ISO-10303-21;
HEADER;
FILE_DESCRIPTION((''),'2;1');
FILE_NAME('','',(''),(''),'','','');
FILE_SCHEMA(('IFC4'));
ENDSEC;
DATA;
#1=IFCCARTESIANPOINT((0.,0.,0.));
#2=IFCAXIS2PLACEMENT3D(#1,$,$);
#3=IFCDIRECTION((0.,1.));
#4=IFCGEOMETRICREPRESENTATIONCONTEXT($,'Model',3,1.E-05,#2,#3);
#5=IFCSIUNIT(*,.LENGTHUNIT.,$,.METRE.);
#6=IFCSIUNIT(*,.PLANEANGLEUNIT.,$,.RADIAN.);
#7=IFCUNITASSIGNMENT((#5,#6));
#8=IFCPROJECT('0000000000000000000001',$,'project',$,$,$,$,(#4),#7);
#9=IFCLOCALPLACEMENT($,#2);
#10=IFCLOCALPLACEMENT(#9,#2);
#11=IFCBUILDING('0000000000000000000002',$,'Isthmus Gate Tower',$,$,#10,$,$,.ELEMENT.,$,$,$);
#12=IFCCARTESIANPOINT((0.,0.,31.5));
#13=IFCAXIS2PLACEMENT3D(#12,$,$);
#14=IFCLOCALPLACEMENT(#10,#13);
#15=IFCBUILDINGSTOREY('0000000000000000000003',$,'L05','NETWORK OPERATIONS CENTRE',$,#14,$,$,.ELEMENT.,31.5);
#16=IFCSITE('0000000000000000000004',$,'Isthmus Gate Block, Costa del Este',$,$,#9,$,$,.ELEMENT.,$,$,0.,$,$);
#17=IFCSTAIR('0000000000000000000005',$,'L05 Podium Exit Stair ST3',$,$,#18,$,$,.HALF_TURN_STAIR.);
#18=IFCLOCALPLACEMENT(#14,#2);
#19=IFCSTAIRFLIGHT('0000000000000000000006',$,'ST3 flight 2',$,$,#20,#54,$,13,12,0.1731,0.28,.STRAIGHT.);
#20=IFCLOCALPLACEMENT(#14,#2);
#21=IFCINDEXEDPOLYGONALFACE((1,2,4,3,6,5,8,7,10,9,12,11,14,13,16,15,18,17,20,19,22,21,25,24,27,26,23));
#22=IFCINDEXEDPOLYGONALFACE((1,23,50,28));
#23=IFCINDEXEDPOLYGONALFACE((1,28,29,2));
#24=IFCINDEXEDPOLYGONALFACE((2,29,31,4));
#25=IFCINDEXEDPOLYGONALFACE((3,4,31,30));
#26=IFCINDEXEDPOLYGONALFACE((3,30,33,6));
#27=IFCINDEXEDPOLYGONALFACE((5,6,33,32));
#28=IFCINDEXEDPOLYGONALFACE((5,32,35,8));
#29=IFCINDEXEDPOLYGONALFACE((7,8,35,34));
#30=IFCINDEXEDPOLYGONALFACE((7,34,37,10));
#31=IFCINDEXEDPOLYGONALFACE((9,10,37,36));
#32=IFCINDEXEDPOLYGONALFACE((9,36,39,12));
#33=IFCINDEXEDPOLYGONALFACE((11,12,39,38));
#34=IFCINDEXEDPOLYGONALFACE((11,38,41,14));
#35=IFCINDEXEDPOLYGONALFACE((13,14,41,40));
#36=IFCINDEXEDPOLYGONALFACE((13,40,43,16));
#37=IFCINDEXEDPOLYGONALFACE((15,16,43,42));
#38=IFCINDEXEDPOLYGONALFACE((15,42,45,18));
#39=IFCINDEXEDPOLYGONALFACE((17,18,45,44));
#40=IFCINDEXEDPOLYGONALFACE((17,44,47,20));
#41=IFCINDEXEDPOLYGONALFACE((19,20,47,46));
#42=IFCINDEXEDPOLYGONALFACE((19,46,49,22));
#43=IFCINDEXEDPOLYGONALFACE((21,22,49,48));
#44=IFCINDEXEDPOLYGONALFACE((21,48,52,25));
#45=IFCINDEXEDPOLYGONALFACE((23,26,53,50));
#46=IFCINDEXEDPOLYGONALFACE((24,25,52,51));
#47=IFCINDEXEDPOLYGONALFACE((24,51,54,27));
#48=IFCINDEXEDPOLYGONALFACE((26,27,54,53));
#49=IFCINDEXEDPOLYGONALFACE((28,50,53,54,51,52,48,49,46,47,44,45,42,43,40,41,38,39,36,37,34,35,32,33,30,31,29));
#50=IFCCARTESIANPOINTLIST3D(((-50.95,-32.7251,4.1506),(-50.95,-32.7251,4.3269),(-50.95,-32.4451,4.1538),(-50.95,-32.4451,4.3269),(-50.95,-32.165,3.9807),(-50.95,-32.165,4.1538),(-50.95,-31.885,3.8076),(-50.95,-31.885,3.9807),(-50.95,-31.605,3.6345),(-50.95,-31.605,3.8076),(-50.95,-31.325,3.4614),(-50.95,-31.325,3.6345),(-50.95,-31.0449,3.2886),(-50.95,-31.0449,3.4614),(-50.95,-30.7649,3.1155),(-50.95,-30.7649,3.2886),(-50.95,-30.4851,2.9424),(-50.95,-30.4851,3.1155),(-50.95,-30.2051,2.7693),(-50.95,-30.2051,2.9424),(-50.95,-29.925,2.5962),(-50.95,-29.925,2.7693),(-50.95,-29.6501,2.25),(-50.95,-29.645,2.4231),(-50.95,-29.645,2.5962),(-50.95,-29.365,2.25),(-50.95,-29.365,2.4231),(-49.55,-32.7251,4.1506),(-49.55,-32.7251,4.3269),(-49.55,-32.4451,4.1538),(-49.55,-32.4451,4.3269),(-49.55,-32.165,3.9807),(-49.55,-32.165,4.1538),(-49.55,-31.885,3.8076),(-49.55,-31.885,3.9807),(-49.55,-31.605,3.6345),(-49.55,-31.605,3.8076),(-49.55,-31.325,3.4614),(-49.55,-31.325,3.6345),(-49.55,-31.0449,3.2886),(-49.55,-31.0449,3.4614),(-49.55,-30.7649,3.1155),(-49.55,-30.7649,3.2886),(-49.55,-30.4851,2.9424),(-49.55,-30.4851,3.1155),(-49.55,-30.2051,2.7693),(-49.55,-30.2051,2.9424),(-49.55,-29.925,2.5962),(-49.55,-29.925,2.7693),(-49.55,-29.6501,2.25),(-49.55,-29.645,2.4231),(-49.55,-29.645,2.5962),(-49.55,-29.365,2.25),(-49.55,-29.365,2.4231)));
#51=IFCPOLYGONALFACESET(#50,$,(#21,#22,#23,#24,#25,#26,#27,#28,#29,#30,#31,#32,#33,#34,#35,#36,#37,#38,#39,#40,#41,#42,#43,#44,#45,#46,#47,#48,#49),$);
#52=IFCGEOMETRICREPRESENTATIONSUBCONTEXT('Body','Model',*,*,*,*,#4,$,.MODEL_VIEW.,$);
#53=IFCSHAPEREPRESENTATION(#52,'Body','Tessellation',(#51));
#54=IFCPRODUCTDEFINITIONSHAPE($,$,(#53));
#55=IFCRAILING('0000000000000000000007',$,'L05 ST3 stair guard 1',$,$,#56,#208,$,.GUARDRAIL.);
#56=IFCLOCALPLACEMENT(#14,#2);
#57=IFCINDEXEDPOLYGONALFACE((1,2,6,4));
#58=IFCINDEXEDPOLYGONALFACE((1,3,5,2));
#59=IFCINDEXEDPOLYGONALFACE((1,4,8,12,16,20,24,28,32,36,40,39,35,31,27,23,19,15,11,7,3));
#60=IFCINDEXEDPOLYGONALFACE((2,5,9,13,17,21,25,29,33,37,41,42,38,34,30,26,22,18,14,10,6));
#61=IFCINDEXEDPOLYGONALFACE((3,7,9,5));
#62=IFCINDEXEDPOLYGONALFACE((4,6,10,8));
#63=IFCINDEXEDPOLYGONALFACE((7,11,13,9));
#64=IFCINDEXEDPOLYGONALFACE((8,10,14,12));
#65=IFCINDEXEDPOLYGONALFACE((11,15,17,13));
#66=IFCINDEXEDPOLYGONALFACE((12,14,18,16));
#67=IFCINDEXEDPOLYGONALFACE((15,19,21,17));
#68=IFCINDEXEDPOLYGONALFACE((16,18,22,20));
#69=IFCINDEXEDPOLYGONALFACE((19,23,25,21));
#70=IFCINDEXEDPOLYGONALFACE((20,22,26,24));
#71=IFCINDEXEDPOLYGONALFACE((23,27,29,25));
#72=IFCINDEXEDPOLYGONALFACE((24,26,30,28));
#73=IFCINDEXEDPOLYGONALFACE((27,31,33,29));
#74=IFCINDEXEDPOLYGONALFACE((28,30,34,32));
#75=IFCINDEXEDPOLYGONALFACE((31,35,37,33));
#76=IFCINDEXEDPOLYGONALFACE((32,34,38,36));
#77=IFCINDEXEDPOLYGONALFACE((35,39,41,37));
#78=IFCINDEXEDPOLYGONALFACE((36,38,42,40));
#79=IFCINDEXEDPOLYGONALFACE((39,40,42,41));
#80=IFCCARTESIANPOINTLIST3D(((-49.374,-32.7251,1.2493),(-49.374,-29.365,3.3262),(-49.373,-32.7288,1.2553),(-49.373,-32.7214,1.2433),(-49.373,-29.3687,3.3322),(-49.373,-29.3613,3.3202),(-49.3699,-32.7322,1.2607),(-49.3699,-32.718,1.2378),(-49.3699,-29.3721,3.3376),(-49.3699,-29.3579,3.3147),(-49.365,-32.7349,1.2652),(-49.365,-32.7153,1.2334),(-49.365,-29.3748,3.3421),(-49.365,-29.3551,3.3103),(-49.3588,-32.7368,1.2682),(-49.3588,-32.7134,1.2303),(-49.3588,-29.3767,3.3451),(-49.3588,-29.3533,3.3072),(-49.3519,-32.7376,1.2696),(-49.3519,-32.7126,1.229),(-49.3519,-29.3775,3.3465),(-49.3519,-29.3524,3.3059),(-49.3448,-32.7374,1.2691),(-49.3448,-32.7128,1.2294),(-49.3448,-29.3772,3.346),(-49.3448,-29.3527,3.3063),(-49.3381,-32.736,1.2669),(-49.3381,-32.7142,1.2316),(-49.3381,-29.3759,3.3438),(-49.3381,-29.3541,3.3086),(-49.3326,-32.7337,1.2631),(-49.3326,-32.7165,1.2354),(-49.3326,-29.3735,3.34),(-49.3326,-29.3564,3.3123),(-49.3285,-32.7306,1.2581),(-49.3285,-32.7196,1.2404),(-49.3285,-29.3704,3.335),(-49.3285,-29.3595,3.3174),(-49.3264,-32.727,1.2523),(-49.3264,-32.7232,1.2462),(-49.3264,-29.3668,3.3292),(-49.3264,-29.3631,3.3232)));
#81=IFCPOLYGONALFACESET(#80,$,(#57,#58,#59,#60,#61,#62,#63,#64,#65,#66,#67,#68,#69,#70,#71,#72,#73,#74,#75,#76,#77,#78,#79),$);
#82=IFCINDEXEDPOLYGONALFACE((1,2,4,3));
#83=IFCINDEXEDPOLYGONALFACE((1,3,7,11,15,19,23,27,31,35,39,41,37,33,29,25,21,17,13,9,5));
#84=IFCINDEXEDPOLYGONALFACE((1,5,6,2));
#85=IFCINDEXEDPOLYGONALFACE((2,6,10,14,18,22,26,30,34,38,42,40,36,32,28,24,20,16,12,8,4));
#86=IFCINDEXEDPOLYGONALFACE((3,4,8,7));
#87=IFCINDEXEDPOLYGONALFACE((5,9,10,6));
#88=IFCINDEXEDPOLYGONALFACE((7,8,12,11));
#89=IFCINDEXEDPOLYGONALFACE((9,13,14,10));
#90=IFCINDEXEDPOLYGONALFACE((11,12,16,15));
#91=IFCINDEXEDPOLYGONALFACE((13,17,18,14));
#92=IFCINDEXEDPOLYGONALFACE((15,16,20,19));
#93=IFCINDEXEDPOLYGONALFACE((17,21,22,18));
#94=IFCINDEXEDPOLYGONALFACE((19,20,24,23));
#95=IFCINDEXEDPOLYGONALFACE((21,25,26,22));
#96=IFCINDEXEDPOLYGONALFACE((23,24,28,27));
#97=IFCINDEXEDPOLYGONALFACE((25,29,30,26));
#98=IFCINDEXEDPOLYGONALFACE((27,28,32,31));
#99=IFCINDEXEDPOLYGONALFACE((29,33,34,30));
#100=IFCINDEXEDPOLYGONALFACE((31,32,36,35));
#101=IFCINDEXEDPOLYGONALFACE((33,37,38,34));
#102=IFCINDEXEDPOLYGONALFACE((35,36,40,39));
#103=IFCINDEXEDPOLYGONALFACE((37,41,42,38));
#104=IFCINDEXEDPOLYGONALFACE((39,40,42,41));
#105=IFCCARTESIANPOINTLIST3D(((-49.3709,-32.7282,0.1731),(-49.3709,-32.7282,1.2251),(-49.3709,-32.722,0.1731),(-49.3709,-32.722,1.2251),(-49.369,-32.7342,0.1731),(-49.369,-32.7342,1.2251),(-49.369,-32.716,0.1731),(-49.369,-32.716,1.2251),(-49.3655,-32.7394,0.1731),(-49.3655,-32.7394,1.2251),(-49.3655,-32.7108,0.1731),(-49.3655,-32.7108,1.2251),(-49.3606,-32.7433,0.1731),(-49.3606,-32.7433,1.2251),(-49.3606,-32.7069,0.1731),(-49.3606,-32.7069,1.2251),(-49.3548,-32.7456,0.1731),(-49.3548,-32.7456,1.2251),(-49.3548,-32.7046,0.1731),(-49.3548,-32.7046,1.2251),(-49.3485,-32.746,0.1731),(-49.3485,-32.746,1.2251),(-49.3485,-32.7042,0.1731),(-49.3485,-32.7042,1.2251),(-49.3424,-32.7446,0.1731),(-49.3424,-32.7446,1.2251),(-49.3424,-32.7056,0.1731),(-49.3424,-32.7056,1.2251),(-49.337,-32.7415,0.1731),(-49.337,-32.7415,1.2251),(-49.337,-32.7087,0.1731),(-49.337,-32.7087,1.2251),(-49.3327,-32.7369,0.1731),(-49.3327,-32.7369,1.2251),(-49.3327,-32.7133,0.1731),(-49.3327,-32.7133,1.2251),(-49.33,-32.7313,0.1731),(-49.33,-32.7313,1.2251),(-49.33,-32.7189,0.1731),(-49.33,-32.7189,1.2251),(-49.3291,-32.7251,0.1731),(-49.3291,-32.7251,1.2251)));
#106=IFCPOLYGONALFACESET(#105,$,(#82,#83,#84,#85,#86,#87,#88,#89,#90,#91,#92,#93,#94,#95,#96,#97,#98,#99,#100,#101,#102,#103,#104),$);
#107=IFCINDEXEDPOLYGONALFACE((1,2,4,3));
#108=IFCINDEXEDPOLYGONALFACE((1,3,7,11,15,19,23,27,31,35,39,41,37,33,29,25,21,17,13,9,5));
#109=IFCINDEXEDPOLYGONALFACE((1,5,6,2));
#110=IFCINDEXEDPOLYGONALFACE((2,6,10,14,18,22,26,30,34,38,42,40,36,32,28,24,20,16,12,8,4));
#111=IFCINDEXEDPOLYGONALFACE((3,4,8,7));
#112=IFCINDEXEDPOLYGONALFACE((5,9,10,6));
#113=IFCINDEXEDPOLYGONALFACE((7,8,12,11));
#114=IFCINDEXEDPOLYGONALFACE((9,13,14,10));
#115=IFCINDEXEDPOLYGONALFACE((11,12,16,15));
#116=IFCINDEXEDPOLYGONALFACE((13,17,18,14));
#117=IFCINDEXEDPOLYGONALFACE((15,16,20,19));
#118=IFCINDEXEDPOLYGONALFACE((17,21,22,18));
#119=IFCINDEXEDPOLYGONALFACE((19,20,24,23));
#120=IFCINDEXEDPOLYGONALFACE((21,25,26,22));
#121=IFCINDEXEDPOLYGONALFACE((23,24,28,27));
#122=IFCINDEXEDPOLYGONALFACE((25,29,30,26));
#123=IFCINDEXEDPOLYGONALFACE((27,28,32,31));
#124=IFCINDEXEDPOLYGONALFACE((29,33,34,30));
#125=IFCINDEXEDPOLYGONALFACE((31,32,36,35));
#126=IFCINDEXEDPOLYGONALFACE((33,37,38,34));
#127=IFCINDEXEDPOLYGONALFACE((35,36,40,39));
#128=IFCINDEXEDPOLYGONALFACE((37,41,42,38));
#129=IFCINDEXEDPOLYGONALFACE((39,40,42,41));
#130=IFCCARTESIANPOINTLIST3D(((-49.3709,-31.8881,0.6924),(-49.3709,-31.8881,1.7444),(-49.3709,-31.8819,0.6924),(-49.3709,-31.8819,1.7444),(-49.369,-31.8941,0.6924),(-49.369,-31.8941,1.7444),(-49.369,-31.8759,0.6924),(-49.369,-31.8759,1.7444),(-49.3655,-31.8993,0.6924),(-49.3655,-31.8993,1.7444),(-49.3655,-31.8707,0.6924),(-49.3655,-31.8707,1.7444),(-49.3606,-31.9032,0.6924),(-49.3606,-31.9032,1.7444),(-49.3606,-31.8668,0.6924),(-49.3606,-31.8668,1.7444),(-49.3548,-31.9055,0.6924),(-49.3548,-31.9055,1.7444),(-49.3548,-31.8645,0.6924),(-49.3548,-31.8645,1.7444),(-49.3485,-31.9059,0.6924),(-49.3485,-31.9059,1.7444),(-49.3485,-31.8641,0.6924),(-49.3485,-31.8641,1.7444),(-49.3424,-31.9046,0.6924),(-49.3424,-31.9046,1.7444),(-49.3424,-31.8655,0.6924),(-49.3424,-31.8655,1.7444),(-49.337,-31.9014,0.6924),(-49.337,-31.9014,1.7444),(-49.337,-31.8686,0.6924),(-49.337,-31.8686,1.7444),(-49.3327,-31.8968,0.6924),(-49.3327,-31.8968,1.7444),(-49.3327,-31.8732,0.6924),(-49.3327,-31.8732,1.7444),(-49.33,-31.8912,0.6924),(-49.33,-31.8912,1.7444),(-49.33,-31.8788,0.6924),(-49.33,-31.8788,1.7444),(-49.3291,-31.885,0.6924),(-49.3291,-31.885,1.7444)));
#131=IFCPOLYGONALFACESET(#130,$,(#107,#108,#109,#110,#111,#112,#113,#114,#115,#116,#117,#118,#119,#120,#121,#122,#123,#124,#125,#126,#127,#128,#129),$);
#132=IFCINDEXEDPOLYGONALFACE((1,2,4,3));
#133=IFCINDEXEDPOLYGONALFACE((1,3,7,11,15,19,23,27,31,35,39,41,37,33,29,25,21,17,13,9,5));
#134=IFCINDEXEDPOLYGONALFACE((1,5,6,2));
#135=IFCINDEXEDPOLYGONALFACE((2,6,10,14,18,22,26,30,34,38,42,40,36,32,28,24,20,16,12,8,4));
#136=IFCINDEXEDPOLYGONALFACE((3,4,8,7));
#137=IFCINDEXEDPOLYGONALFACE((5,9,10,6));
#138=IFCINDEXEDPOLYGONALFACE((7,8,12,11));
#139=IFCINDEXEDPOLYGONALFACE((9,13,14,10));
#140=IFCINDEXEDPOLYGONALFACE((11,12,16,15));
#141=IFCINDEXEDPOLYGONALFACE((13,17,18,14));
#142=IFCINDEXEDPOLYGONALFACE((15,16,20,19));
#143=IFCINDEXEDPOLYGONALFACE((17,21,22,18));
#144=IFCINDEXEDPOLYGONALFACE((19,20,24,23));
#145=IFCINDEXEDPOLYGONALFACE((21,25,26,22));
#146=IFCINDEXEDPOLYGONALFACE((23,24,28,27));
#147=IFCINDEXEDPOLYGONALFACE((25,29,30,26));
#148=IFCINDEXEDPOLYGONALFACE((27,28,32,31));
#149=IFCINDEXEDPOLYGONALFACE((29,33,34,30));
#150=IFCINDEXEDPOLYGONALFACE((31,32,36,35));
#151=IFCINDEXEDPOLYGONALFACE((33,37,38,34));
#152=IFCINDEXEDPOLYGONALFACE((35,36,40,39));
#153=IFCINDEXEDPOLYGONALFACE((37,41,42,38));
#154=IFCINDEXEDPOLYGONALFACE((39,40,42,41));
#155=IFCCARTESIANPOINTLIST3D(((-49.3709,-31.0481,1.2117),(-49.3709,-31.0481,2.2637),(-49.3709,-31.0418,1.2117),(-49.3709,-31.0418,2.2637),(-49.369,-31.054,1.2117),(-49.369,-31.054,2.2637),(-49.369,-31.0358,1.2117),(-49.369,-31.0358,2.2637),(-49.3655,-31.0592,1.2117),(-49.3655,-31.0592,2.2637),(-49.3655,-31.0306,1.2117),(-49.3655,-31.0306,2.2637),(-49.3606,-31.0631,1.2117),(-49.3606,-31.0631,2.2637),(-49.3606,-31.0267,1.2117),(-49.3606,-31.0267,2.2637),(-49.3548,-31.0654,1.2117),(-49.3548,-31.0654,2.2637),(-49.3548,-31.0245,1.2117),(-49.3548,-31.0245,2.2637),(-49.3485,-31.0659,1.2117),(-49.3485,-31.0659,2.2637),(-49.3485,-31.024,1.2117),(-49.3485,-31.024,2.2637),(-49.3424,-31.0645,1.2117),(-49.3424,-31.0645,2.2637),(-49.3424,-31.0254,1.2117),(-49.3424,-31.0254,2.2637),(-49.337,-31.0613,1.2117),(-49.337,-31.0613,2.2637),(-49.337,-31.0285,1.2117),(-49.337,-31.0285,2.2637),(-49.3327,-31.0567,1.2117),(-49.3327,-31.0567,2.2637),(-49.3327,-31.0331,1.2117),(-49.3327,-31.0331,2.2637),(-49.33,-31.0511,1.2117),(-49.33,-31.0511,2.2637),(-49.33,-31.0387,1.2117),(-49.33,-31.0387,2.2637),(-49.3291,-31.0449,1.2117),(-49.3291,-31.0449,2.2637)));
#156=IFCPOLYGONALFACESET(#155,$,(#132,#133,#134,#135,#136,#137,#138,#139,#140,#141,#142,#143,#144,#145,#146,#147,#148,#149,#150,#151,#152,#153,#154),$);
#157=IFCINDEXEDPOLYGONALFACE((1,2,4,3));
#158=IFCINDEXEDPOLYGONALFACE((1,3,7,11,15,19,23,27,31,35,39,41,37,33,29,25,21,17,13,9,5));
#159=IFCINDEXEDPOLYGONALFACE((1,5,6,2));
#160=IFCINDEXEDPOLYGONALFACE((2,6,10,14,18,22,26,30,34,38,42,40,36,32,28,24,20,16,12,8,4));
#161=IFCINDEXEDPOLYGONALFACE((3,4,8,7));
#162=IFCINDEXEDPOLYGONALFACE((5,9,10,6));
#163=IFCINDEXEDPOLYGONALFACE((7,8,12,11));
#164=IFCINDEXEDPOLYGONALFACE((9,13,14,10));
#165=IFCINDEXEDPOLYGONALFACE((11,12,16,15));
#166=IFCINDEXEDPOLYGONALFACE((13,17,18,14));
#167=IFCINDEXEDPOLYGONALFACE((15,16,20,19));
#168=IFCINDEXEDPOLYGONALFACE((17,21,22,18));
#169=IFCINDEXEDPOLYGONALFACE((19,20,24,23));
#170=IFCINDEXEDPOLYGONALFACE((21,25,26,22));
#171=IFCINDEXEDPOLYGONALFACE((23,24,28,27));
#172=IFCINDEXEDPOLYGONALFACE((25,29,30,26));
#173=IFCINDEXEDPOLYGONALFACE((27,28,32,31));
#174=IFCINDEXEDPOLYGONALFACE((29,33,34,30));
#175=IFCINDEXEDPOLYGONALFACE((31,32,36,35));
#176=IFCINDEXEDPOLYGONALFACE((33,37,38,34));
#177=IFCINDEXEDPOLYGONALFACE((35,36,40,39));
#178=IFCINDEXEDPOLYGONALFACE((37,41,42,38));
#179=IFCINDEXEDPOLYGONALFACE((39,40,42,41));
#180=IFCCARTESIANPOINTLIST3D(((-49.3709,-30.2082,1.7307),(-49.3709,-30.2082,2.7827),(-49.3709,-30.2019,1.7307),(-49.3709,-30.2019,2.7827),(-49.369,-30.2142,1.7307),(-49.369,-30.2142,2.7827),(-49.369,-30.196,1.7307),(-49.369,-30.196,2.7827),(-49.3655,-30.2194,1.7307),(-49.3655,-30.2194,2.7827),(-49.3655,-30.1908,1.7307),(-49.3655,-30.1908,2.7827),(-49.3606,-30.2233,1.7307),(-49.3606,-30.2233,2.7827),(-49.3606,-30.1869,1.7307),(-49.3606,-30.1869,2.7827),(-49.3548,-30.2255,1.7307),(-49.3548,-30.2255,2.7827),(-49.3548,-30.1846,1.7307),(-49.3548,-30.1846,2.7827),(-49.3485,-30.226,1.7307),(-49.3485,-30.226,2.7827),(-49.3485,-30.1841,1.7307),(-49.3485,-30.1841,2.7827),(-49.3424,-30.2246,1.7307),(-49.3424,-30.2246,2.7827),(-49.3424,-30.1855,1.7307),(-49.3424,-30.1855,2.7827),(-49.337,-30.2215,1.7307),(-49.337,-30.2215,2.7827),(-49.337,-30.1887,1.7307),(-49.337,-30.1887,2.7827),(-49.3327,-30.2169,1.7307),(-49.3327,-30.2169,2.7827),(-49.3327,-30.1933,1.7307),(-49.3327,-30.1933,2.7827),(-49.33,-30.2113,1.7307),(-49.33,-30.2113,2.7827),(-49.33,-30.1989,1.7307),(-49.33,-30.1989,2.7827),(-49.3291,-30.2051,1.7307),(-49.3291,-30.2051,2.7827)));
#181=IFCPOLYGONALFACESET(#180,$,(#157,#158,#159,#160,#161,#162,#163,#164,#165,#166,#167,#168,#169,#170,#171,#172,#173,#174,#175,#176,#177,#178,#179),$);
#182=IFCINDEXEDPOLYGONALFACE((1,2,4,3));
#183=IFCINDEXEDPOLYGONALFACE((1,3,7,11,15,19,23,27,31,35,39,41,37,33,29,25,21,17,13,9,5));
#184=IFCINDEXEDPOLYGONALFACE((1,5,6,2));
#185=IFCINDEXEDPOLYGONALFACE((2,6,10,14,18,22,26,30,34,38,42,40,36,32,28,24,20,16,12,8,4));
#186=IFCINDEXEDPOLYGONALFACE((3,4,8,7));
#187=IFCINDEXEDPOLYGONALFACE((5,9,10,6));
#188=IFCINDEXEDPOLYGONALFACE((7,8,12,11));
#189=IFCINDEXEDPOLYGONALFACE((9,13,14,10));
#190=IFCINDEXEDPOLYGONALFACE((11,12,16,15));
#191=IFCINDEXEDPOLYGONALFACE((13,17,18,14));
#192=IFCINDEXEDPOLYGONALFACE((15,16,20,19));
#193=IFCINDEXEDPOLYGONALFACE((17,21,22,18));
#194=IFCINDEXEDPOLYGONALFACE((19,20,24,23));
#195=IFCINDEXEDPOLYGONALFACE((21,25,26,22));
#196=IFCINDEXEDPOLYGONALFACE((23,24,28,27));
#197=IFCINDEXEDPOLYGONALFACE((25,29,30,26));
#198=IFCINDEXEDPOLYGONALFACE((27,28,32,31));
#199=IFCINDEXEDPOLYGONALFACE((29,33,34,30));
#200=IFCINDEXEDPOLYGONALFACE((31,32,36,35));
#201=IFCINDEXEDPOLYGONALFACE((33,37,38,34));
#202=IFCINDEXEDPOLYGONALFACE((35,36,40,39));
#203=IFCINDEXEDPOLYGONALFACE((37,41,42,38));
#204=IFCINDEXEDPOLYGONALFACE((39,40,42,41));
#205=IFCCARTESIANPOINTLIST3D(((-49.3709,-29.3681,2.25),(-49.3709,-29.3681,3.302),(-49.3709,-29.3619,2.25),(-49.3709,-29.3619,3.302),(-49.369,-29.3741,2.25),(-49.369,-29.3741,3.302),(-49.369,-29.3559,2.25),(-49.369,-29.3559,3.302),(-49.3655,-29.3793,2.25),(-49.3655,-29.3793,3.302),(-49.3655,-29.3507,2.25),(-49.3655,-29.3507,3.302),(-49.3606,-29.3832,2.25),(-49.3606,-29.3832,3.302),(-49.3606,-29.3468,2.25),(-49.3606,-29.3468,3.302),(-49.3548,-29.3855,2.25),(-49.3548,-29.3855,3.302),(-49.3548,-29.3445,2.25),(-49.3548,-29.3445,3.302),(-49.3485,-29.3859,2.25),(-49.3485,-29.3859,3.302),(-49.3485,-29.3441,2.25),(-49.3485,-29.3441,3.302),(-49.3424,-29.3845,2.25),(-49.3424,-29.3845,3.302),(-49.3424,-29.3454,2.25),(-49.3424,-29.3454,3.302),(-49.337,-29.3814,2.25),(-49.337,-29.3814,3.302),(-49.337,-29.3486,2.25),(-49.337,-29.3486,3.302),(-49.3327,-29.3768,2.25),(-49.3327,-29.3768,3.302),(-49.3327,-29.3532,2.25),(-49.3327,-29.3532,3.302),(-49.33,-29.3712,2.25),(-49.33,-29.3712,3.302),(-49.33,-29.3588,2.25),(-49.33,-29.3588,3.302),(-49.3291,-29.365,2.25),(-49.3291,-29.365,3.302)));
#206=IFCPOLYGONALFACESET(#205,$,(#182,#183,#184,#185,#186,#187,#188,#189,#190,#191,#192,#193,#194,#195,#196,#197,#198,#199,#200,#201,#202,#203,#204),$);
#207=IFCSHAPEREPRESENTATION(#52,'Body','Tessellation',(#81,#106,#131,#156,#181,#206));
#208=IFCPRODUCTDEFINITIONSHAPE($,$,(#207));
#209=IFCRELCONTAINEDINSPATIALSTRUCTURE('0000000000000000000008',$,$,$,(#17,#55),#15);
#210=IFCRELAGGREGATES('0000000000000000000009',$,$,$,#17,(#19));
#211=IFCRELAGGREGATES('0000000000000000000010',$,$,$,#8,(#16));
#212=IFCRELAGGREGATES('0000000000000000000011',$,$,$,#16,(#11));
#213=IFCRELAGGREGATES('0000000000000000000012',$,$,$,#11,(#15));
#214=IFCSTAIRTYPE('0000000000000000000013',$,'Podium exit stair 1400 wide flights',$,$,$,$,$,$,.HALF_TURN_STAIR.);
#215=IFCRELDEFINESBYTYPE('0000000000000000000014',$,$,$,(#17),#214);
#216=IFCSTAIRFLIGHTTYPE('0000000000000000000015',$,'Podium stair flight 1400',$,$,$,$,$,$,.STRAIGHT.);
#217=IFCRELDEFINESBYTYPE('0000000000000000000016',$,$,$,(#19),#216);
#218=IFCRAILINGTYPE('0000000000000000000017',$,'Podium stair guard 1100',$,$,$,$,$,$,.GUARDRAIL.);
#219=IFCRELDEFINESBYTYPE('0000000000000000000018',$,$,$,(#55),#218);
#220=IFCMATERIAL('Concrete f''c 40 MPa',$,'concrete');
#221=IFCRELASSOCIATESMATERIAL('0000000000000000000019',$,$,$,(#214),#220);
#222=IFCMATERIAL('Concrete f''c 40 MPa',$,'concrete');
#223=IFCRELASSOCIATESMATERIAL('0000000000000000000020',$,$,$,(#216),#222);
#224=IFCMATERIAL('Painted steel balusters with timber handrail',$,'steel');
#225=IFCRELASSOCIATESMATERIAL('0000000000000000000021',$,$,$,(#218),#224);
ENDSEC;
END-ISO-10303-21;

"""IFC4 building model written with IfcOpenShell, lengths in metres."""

from ifc_helpers import new_model, si_unit, direction, frame, origin, origin_2d, place, context, subcontext, project, spatial, polyline, circle, outline, extrude, material, type_object, element, aggregate, save


model = new_model("IFC4")

# Units and contexts
model_context = context("Model", 3, precision=1e-05, world=origin(), true_north=direction((0.0, 1.0)))
body_context = subcontext(model_context, "Body", "Model", "MODEL_VIEW")
ifc_project = project(units=[si_unit("LENGTHUNIT", "METRE"), si_unit("PLANEANGLEUNIT", "RADIAN")], contexts=[model_context])

# Site, building, storey
site_placement = place(None, origin())
site = spatial("IfcSite", under=ifc_project, at=site_placement, Name="Isthmus Gate Block, Costa del Este", CompositionType="ELEMENT", RefElevation=0.0)
building_placement = place(site_placement, origin())
building = spatial("IfcBuilding", under=site, at=building_placement, Name="Isthmus Gate Tower", CompositionType="ELEMENT")
storey_placement = place(building_placement, frame((0.0, 0.0, 31.5)))
storey = spatial("IfcBuildingStorey", under=building, at=storey_placement, Name="L05", Description="NETWORK OPERATIONS CENTRE", CompositionType="ELEMENT", Elevation=31.5)

# Stair, stair flight
ifc_material_1 = material(Name="Concrete f'c 40 MPa", Category="concrete")
stair_type = type_object("IfcStairType", Name="Podium exit stair 1400 wide flights", PredefinedType="HALF_TURN_STAIR", material=ifc_material_1)
stair_placement = place(storey_placement, origin())
stair = element("IfcStair", 1, at=stair_placement, inside=storey, type_object=stair_type, Name="L05 Podium Exit Stair ST3", PredefinedType="HALF_TURN_STAIR")
ifc_material_2 = material(Name="Concrete f'c 40 MPa", Category="concrete")
stair_flight_type = type_object("IfcStairFlightType", Name="Podium stair flight 1400", PredefinedType="STRAIGHT", material=ifc_material_2)
stair_flight_1_placement = place(storey_placement, frame((-50.25, -29.365, 2.25), z_axis=(0.0, 0.0, 1.0), x_axis=(0.0, -1.0, 0.0)))
stair_flight_1 = element("IfcStairFlight", 2, at=stair_flight_1_placement, type_object=stair_flight_type, Name="ST3 flight 2", NumberOfRisers=13, NumberOfTreads=12, PredefinedType="STRAIGHT", RiserHeight=0.1731, TreadLength=0.28, context=body_context, shape_type="SweptSolid", body=[
    extrude(outline(polyline([(0.0, 0.0), (0.0, 0.1731), (0.28, 0.1731), (0.28, 0.3462), (0.5601, 0.3462), (0.5601, 0.5193), (0.8401, 0.5193), (0.8401, 0.6924), (1.1201, 0.6924), (1.1201, 0.8655), (1.3999, 0.8655), (1.3999, 1.0386), (1.6799, 1.0386), (1.6799, 1.2114), (1.96, 1.2114), (1.96, 1.3845), (2.24, 1.3845), (2.24, 1.5576), (2.52, 1.5576), (2.52, 1.7307), (2.8, 1.7307), (2.8, 1.9038), (3.0801, 1.9038), (3.0801, 2.0769), (3.3601, 2.0769), (3.3601, 2.25), (3.3601, 1.9006), (0.2852, 0.0), (0.0, 0.0)])), frame((0.0, 0.7, 0.0), z_axis=(0.0, -1.0, 0.0), x_axis=(1.0, 0.0, 0.0)), (0.0, 0.0, 1.0), 1.3999),
])
aggregate(stair, [stair_flight_1])

# Railing
ifc_material_3 = material(Name="Painted steel balusters with timber handrail", Category="steel")
railing_type_1 = type_object("IfcRailingType", Name="Podium stair guard 1100", PredefinedType="GUARDRAIL", material=ifc_material_3)
railing_1_placement = place(storey_placement, frame((-49.3501, -32.7251, 0.1731)))
element("IfcRailing", 3, at=railing_1_placement, inside=storey, type_object=railing_type_1, Name="L05 ST3 stair guard 1", PredefinedType="GUARDRAIL", context=body_context, shape_type="SweptSolid", body=[
    extrude(circle(Radius=0.0239, at=origin_2d()), frame((0.0, 0.0, 1.0762), z_axis=(0.0, 0.850623, 0.525776), x_axis=(-1.0, 0.0, 0.0)), (0.0, 0.0, 1.0), 3.9502),
    extrude(circle(Radius=0.021, at=origin_2d()), origin(), (0.0, 0.0, 1.0), 1.052),
    extrude(circle(Radius=0.021, at=origin_2d()), frame((0.0, 0.8401, 0.5193)), (0.0, 0.0, 1.0), 1.052),
    extrude(circle(Radius=0.021, at=origin_2d()), frame((0.0, 1.6802, 1.0386)), (0.0, 0.0, 1.0), 1.052),
    extrude(circle(Radius=0.021, at=origin_2d()), frame((0.0, 2.52, 1.5576)), (0.0, 0.0, 1.0), 1.052),
    extrude(circle(Radius=0.021, at=origin_2d()), frame((0.0, 3.3601, 2.0769)), (0.0, 0.0, 1.0), 1.052),
])

save(model, "model.ifc")
